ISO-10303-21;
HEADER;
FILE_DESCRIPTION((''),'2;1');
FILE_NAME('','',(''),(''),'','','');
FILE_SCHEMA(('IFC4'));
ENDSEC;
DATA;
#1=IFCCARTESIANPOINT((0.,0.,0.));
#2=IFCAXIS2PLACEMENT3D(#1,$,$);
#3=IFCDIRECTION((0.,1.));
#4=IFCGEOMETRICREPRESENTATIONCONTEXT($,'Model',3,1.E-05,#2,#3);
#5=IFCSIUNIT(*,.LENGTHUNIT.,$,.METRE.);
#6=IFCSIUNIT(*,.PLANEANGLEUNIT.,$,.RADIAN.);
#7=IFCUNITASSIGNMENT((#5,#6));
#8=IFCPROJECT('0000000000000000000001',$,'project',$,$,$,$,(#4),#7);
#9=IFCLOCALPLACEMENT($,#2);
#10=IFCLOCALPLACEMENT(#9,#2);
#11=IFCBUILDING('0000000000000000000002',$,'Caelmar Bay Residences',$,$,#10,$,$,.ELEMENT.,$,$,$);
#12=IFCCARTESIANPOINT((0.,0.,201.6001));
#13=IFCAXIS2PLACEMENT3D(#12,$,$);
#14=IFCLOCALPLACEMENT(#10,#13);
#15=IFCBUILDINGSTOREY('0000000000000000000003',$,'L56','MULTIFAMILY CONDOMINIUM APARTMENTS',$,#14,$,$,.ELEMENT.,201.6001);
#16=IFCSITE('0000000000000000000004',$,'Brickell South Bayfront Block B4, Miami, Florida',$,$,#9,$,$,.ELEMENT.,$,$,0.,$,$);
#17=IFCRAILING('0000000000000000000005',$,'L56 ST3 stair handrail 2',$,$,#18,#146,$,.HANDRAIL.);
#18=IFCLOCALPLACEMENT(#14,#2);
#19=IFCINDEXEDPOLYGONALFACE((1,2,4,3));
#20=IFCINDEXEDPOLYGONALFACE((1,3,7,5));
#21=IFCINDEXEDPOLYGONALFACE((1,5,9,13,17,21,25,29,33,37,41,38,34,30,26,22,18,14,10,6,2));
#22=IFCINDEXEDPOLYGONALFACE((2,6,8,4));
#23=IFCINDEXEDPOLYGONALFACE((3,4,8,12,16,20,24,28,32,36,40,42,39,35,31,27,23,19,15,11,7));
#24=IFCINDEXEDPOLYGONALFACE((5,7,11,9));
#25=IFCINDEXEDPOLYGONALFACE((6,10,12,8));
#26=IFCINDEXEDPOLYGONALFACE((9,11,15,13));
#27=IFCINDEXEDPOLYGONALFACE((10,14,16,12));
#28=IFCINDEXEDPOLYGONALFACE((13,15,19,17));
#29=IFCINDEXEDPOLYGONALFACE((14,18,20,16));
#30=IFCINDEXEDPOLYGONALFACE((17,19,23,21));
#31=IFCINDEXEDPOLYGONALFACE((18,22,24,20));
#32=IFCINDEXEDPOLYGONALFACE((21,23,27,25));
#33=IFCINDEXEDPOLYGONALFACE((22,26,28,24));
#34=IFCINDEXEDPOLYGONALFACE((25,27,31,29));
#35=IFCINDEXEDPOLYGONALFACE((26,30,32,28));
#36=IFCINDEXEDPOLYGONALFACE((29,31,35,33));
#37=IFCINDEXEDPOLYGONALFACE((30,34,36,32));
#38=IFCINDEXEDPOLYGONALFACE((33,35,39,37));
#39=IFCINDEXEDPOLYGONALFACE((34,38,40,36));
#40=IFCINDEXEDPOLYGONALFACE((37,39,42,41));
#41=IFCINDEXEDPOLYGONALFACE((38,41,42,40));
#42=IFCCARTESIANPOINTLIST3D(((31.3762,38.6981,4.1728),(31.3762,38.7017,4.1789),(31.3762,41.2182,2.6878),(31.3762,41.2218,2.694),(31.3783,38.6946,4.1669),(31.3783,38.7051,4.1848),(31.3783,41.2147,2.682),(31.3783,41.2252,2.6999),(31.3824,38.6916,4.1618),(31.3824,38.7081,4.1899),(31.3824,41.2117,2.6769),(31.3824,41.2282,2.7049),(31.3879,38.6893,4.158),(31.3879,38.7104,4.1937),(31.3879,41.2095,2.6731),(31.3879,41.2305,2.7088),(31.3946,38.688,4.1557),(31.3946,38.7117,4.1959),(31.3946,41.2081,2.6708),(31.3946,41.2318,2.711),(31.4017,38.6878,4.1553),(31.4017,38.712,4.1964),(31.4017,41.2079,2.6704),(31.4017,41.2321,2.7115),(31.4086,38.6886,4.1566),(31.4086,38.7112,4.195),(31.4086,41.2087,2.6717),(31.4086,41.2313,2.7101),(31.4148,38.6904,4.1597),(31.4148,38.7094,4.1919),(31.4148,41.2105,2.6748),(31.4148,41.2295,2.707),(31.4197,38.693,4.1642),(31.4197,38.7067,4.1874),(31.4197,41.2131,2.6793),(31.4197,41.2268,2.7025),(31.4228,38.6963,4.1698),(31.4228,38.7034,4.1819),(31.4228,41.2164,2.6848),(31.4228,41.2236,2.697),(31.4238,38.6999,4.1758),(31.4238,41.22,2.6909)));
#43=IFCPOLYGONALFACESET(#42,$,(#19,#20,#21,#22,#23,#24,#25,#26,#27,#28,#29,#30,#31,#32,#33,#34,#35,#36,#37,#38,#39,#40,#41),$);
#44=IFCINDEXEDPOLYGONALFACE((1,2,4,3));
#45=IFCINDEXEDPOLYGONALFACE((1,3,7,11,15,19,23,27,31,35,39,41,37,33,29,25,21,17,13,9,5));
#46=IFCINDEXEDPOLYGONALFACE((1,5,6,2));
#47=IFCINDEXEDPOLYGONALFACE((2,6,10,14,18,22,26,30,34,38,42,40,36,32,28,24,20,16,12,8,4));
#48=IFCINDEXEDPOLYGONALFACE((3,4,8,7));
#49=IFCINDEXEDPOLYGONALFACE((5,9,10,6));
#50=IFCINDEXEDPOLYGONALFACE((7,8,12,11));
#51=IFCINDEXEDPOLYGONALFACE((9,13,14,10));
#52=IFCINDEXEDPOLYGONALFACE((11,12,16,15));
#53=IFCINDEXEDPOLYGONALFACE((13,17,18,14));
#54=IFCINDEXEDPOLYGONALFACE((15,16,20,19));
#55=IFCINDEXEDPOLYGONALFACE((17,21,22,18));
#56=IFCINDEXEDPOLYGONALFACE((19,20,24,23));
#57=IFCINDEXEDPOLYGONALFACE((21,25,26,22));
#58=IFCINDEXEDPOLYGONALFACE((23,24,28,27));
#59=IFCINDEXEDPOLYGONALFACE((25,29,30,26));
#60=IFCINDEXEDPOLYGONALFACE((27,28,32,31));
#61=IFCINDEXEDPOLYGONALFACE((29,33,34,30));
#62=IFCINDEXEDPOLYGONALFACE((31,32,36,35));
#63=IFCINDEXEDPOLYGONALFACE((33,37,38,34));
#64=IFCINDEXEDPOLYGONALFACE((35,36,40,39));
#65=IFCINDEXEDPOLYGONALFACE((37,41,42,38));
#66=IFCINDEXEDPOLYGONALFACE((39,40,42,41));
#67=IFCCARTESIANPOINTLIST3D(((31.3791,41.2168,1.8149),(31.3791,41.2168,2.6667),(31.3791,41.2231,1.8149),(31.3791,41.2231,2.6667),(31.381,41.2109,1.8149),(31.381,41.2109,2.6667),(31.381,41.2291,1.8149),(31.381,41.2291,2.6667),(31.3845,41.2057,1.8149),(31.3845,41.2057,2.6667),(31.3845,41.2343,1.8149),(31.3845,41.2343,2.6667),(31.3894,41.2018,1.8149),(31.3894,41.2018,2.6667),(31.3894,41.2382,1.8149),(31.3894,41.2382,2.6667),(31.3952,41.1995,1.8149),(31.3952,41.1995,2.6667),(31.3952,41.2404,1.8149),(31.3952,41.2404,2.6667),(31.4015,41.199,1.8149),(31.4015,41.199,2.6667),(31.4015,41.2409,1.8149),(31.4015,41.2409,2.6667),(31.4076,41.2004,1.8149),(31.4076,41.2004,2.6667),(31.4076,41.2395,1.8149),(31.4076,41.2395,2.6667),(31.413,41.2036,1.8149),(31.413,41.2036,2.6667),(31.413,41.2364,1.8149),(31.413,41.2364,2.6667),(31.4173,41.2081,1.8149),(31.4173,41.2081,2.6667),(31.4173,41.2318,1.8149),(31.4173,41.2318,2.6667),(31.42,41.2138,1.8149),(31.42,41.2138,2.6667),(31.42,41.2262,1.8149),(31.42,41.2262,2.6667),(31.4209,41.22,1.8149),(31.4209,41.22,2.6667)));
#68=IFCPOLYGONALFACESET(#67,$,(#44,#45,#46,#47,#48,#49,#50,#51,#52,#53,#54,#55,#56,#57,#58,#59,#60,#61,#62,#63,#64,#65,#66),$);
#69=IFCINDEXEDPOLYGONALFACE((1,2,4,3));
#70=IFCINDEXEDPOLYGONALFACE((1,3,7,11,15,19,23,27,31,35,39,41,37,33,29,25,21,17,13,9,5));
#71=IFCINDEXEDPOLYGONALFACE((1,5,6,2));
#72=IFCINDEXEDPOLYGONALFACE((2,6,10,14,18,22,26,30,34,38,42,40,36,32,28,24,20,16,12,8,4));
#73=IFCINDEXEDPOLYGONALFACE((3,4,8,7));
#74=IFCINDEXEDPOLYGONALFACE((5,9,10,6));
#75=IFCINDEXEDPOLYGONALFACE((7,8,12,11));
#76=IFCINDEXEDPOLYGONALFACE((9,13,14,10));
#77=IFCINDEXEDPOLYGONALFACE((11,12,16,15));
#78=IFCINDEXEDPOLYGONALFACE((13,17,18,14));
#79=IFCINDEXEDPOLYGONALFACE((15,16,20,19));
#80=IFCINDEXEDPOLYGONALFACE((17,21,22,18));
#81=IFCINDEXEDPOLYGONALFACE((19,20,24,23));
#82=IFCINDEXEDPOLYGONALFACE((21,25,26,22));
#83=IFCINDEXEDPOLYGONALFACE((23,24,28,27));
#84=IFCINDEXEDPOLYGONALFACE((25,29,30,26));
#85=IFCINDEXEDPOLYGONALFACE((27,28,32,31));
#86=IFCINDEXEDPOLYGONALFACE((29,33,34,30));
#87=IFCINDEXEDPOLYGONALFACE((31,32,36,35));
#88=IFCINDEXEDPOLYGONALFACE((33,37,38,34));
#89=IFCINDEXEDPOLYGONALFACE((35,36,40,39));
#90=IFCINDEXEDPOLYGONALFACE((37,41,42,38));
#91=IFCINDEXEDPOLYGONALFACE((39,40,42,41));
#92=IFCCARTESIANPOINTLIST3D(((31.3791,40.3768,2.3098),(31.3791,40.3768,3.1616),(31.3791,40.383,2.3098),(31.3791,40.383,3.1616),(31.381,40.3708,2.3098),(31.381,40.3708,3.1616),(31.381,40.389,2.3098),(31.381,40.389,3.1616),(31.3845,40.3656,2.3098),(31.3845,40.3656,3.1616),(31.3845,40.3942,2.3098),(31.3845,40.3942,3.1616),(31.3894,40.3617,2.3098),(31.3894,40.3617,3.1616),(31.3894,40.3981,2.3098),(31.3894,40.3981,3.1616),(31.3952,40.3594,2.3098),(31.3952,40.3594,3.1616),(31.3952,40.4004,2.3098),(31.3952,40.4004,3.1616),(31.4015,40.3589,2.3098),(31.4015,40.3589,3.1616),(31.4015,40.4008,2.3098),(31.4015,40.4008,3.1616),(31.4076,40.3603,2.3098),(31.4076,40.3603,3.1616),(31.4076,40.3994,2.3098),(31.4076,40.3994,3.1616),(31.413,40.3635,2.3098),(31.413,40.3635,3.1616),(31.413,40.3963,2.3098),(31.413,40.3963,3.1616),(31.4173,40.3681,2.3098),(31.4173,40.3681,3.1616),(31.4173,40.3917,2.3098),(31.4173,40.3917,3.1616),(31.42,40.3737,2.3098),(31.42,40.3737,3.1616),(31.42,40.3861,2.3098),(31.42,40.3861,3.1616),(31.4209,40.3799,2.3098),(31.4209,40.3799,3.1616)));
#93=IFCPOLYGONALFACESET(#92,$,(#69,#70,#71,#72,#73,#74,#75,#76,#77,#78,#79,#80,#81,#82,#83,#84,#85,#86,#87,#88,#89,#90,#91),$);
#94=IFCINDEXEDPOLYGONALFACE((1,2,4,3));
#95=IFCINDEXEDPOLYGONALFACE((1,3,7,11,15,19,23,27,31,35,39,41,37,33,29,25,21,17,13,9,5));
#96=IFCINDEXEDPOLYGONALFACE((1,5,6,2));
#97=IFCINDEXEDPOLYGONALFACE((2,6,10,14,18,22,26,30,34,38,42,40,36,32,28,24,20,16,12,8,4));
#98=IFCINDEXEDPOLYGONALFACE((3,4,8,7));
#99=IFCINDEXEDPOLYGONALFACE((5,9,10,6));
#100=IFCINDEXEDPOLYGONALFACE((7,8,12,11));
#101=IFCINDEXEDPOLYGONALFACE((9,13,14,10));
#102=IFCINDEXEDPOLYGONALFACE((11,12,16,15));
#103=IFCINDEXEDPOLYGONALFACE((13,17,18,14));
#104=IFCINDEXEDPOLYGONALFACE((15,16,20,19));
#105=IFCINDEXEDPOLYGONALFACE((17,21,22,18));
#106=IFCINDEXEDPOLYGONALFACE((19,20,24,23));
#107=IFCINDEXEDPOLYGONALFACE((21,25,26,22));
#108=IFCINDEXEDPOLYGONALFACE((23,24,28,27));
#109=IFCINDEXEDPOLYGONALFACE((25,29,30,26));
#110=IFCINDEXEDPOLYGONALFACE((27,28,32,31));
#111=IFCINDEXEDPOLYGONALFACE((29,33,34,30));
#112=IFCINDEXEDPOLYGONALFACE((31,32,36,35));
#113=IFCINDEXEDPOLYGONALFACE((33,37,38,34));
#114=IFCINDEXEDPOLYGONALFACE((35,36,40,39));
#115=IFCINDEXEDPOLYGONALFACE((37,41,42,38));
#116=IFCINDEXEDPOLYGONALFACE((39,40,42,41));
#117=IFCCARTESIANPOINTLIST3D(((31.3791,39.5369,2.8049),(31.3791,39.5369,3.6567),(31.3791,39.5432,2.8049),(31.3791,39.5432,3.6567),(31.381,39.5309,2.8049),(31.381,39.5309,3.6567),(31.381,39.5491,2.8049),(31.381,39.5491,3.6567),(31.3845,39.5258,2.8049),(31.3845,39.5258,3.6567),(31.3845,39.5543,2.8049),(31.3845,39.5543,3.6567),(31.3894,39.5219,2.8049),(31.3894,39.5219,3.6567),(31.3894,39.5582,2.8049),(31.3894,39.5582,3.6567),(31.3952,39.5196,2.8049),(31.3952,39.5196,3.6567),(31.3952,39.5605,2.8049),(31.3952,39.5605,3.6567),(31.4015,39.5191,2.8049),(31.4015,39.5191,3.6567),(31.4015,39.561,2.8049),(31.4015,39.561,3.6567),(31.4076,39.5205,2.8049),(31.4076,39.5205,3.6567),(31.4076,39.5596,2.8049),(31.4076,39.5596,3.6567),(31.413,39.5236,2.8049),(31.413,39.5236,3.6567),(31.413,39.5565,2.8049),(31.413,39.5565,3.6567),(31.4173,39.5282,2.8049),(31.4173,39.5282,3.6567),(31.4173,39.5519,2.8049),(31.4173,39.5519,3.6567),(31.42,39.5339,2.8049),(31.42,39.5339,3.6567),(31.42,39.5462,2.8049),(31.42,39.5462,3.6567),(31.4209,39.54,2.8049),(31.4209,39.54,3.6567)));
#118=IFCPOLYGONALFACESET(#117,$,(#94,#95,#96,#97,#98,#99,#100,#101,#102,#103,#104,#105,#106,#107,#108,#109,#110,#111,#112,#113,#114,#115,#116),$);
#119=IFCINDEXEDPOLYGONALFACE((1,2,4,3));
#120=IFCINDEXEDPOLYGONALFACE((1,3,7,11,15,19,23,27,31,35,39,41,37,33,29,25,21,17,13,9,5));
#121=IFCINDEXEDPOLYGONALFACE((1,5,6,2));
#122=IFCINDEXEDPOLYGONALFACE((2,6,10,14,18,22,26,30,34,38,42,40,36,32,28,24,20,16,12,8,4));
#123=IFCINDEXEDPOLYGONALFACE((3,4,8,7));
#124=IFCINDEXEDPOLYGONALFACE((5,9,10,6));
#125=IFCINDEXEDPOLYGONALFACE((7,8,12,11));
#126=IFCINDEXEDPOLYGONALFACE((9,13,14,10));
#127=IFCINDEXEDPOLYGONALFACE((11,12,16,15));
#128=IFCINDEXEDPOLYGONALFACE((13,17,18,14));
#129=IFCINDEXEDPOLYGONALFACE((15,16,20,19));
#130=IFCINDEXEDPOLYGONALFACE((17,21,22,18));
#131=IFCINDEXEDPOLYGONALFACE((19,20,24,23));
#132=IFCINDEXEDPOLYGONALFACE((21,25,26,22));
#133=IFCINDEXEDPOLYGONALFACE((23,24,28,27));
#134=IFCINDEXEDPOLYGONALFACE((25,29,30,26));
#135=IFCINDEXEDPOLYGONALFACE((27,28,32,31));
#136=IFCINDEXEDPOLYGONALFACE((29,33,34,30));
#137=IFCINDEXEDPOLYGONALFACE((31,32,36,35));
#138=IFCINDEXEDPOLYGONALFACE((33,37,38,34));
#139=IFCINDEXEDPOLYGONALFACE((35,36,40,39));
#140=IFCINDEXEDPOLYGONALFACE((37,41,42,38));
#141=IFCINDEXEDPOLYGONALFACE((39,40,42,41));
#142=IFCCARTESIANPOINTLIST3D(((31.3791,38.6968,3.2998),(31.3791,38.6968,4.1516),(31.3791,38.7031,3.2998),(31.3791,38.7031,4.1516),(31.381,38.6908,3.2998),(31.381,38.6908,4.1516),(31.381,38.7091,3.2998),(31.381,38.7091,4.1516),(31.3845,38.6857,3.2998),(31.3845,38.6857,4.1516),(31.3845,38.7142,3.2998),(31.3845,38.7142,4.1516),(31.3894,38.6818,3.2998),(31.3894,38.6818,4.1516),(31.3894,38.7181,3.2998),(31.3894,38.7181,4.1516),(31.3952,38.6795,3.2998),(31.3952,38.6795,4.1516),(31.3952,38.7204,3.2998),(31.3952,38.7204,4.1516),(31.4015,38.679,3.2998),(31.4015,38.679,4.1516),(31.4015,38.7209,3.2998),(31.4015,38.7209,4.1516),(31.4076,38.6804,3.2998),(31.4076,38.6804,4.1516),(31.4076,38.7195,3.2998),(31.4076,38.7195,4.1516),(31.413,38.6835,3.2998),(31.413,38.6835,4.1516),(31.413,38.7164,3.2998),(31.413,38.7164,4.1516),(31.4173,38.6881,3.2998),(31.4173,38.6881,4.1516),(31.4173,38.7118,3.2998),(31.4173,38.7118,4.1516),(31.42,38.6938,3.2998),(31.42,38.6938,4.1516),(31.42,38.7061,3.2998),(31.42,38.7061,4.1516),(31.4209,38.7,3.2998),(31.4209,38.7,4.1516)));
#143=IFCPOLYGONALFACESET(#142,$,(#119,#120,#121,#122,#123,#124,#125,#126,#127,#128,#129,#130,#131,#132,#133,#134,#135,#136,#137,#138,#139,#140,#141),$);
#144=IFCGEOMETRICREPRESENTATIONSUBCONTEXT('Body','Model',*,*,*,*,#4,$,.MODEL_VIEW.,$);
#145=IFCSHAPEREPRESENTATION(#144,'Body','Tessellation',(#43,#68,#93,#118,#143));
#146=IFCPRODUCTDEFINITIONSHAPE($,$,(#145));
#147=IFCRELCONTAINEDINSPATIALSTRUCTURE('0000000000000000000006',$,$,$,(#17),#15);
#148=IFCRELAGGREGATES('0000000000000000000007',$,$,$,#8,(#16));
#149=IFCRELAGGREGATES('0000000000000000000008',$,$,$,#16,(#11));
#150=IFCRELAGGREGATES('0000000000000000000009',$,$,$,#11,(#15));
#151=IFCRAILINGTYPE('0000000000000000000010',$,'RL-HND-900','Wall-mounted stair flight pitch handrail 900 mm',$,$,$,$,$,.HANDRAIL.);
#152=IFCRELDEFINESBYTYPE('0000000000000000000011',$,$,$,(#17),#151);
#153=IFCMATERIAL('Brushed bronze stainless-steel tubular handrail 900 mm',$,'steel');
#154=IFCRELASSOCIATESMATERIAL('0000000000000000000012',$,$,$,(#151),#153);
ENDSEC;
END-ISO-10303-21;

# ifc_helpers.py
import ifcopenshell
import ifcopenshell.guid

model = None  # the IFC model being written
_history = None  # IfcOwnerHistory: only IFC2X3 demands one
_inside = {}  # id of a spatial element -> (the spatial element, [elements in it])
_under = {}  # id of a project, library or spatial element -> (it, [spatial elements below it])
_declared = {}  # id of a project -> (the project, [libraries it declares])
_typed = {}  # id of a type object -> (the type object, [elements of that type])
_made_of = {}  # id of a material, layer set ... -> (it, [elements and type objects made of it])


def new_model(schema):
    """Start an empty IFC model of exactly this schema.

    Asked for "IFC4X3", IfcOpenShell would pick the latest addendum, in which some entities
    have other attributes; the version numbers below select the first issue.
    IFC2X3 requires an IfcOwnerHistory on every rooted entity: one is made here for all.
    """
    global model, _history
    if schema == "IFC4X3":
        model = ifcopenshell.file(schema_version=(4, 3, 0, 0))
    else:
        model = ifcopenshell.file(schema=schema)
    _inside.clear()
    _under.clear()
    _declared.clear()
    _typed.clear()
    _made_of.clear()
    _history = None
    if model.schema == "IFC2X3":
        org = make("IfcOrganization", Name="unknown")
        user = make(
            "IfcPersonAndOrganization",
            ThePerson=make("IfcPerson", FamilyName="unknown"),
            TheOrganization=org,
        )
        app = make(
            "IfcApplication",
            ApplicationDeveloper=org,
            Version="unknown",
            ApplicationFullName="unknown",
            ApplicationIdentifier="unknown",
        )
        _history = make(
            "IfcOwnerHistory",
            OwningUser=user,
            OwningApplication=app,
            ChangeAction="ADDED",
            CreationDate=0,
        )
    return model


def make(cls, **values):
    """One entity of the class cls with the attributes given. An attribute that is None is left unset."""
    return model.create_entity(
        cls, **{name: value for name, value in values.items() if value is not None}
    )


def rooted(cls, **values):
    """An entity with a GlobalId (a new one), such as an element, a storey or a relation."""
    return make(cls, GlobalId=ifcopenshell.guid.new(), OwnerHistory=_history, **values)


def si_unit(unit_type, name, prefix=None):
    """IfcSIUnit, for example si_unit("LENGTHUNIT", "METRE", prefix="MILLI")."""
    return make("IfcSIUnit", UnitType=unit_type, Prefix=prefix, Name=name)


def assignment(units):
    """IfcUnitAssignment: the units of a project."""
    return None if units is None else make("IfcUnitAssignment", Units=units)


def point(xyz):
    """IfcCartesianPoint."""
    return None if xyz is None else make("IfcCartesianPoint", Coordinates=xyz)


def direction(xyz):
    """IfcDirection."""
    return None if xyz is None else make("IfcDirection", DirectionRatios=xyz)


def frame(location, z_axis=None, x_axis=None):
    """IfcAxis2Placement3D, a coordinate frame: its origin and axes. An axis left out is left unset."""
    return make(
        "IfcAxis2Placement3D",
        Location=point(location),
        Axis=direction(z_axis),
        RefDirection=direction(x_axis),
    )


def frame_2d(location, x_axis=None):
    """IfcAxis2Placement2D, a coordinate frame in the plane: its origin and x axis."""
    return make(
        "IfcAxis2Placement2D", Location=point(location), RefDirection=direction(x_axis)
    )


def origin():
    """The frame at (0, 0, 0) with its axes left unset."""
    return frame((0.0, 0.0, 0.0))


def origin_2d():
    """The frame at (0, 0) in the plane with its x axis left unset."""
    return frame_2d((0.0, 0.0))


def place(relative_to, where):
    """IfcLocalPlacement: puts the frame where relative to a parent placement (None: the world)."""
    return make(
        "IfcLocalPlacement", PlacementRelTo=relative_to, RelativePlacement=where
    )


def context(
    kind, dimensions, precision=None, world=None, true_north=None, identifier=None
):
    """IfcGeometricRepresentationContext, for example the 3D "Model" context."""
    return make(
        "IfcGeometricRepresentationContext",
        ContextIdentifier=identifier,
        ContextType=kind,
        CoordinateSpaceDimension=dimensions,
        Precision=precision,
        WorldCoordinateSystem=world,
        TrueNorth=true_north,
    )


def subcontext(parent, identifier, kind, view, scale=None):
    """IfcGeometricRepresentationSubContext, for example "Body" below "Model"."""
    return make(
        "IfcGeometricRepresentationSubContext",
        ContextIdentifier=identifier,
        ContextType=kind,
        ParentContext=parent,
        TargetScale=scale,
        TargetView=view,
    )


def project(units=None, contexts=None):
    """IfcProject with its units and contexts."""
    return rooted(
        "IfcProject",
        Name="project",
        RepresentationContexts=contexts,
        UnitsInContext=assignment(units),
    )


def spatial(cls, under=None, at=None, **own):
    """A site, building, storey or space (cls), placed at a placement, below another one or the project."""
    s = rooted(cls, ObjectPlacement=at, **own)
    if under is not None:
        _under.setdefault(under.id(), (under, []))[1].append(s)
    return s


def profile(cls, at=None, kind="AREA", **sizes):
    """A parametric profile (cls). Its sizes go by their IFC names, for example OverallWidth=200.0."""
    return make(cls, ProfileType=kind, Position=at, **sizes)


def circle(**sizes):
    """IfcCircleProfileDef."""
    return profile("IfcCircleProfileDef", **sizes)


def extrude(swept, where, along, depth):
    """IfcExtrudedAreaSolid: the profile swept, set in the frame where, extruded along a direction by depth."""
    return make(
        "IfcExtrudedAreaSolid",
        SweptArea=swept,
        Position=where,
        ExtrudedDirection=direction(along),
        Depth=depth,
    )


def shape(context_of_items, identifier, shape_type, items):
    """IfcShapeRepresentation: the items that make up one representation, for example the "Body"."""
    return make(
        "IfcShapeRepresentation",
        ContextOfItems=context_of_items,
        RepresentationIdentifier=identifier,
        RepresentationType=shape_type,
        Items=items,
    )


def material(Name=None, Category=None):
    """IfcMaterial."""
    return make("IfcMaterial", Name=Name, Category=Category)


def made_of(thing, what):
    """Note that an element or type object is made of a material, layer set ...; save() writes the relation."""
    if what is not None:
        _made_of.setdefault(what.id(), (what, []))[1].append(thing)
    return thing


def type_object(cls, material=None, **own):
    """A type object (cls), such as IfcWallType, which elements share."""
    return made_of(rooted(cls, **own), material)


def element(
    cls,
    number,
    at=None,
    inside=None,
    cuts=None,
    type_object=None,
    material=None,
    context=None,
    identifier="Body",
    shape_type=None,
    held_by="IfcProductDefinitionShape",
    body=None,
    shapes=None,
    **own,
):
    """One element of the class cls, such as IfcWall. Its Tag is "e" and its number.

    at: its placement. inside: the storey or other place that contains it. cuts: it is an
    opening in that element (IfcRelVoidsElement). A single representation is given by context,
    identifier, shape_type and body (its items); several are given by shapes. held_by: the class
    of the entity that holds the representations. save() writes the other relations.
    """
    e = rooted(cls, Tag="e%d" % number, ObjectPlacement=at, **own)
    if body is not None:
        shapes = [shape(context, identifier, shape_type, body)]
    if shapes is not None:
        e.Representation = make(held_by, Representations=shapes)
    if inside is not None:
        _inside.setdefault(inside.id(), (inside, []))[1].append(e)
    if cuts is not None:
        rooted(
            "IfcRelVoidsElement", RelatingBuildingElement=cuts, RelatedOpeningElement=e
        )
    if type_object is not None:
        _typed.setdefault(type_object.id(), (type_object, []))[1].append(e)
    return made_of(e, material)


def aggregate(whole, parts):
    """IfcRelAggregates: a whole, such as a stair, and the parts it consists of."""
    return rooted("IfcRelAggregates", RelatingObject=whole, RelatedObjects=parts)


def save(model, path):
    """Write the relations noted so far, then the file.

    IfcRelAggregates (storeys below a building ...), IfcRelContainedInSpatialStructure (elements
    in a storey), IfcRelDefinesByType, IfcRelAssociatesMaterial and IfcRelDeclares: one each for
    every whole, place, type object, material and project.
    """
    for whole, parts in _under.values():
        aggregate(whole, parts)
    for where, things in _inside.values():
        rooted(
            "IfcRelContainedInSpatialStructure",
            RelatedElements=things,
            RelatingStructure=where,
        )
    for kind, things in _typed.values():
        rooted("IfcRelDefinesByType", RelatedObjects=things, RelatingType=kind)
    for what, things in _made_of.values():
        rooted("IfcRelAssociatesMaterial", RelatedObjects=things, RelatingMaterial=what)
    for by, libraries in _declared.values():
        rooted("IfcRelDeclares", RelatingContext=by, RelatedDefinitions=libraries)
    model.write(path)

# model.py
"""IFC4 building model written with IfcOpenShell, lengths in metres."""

from ifc_helpers import new_model, si_unit, direction, frame, origin, origin_2d, place, context, subcontext, project, spatial, circle, extrude, material, type_object, element, save


model = new_model("IFC4")

# Units and contexts
model_context = context("Model", 3, precision=1e-05, world=origin(), true_north=direction((0.0, 1.0)))
body_context = subcontext(model_context, "Body", "Model", "MODEL_VIEW")
ifc_project = project(units=[si_unit("LENGTHUNIT", "METRE"), si_unit("PLANEANGLEUNIT", "RADIAN")], contexts=[model_context])

# Site, building, storey
site_placement = place(None, origin())
site = spatial("IfcSite", under=ifc_project, at=site_placement, Name="Brickell South Bayfront Block B4, Miami, Florida", CompositionType="ELEMENT", RefElevation=0.0)
building_placement = place(site_placement, origin())
building = spatial("IfcBuilding", under=site, at=building_placement, Name="Caelmar Bay Residences", CompositionType="ELEMENT")
storey_placement = place(building_placement, frame((0.0, 0.0, 201.6001)))
storey = spatial("IfcBuildingStorey", under=building, at=storey_placement, Name="L56", Description="MULTIFAMILY CONDOMINIUM APARTMENTS", CompositionType="ELEMENT", Elevation=201.6001)

# Railing
ifc_material_1 = material(Name="Brushed bronze stainless-steel tubular handrail 900 mm", Category="steel")
railing_type_1 = type_object("IfcRailingType", Name="RL-HND-900", Description="Wall-mounted stair flight pitch handrail 900 mm", PredefinedType="HANDRAIL", material=ifc_material_1)
railing_1_placement = place(storey_placement, frame((31.3999, 41.22, 1.8149)))
element("IfcRailing", 1, at=railing_1_placement, inside=storey, type_object=railing_type_1, Name="L56 ST3 stair handrail 2", PredefinedType="HANDRAIL", context=body_context, shape_type="SweptSolid", body=[
    extrude(circle(Radius=0.0239, at=origin_2d()), frame((0.0, 0.0, 0.876), z_axis=(0.0, -0.861561, 0.507655), x_axis=(1.0, 0.0, 0.0)), (0.0, 0.0, 1.0), 2.925),
    extrude(circle(Radius=0.021, at=origin_2d()), origin(), (0.0, 0.0, 1.0), 0.8518),
    extrude(circle(Radius=0.021, at=origin_2d()), frame((0.0, -0.8401, 0.4949)), (0.0, 0.0, 1.0), 0.8518),
    extrude(circle(Radius=0.021, at=origin_2d()), frame((0.0, -1.6799, 0.99)), (0.0, 0.0, 1.0), 0.8518),
    extrude(circle(Radius=0.021, at=origin_2d()), frame((0.0, -2.52, 1.4849)), (0.0, 0.0, 1.0), 0.8518),
])

save(model, "model.ifc")
